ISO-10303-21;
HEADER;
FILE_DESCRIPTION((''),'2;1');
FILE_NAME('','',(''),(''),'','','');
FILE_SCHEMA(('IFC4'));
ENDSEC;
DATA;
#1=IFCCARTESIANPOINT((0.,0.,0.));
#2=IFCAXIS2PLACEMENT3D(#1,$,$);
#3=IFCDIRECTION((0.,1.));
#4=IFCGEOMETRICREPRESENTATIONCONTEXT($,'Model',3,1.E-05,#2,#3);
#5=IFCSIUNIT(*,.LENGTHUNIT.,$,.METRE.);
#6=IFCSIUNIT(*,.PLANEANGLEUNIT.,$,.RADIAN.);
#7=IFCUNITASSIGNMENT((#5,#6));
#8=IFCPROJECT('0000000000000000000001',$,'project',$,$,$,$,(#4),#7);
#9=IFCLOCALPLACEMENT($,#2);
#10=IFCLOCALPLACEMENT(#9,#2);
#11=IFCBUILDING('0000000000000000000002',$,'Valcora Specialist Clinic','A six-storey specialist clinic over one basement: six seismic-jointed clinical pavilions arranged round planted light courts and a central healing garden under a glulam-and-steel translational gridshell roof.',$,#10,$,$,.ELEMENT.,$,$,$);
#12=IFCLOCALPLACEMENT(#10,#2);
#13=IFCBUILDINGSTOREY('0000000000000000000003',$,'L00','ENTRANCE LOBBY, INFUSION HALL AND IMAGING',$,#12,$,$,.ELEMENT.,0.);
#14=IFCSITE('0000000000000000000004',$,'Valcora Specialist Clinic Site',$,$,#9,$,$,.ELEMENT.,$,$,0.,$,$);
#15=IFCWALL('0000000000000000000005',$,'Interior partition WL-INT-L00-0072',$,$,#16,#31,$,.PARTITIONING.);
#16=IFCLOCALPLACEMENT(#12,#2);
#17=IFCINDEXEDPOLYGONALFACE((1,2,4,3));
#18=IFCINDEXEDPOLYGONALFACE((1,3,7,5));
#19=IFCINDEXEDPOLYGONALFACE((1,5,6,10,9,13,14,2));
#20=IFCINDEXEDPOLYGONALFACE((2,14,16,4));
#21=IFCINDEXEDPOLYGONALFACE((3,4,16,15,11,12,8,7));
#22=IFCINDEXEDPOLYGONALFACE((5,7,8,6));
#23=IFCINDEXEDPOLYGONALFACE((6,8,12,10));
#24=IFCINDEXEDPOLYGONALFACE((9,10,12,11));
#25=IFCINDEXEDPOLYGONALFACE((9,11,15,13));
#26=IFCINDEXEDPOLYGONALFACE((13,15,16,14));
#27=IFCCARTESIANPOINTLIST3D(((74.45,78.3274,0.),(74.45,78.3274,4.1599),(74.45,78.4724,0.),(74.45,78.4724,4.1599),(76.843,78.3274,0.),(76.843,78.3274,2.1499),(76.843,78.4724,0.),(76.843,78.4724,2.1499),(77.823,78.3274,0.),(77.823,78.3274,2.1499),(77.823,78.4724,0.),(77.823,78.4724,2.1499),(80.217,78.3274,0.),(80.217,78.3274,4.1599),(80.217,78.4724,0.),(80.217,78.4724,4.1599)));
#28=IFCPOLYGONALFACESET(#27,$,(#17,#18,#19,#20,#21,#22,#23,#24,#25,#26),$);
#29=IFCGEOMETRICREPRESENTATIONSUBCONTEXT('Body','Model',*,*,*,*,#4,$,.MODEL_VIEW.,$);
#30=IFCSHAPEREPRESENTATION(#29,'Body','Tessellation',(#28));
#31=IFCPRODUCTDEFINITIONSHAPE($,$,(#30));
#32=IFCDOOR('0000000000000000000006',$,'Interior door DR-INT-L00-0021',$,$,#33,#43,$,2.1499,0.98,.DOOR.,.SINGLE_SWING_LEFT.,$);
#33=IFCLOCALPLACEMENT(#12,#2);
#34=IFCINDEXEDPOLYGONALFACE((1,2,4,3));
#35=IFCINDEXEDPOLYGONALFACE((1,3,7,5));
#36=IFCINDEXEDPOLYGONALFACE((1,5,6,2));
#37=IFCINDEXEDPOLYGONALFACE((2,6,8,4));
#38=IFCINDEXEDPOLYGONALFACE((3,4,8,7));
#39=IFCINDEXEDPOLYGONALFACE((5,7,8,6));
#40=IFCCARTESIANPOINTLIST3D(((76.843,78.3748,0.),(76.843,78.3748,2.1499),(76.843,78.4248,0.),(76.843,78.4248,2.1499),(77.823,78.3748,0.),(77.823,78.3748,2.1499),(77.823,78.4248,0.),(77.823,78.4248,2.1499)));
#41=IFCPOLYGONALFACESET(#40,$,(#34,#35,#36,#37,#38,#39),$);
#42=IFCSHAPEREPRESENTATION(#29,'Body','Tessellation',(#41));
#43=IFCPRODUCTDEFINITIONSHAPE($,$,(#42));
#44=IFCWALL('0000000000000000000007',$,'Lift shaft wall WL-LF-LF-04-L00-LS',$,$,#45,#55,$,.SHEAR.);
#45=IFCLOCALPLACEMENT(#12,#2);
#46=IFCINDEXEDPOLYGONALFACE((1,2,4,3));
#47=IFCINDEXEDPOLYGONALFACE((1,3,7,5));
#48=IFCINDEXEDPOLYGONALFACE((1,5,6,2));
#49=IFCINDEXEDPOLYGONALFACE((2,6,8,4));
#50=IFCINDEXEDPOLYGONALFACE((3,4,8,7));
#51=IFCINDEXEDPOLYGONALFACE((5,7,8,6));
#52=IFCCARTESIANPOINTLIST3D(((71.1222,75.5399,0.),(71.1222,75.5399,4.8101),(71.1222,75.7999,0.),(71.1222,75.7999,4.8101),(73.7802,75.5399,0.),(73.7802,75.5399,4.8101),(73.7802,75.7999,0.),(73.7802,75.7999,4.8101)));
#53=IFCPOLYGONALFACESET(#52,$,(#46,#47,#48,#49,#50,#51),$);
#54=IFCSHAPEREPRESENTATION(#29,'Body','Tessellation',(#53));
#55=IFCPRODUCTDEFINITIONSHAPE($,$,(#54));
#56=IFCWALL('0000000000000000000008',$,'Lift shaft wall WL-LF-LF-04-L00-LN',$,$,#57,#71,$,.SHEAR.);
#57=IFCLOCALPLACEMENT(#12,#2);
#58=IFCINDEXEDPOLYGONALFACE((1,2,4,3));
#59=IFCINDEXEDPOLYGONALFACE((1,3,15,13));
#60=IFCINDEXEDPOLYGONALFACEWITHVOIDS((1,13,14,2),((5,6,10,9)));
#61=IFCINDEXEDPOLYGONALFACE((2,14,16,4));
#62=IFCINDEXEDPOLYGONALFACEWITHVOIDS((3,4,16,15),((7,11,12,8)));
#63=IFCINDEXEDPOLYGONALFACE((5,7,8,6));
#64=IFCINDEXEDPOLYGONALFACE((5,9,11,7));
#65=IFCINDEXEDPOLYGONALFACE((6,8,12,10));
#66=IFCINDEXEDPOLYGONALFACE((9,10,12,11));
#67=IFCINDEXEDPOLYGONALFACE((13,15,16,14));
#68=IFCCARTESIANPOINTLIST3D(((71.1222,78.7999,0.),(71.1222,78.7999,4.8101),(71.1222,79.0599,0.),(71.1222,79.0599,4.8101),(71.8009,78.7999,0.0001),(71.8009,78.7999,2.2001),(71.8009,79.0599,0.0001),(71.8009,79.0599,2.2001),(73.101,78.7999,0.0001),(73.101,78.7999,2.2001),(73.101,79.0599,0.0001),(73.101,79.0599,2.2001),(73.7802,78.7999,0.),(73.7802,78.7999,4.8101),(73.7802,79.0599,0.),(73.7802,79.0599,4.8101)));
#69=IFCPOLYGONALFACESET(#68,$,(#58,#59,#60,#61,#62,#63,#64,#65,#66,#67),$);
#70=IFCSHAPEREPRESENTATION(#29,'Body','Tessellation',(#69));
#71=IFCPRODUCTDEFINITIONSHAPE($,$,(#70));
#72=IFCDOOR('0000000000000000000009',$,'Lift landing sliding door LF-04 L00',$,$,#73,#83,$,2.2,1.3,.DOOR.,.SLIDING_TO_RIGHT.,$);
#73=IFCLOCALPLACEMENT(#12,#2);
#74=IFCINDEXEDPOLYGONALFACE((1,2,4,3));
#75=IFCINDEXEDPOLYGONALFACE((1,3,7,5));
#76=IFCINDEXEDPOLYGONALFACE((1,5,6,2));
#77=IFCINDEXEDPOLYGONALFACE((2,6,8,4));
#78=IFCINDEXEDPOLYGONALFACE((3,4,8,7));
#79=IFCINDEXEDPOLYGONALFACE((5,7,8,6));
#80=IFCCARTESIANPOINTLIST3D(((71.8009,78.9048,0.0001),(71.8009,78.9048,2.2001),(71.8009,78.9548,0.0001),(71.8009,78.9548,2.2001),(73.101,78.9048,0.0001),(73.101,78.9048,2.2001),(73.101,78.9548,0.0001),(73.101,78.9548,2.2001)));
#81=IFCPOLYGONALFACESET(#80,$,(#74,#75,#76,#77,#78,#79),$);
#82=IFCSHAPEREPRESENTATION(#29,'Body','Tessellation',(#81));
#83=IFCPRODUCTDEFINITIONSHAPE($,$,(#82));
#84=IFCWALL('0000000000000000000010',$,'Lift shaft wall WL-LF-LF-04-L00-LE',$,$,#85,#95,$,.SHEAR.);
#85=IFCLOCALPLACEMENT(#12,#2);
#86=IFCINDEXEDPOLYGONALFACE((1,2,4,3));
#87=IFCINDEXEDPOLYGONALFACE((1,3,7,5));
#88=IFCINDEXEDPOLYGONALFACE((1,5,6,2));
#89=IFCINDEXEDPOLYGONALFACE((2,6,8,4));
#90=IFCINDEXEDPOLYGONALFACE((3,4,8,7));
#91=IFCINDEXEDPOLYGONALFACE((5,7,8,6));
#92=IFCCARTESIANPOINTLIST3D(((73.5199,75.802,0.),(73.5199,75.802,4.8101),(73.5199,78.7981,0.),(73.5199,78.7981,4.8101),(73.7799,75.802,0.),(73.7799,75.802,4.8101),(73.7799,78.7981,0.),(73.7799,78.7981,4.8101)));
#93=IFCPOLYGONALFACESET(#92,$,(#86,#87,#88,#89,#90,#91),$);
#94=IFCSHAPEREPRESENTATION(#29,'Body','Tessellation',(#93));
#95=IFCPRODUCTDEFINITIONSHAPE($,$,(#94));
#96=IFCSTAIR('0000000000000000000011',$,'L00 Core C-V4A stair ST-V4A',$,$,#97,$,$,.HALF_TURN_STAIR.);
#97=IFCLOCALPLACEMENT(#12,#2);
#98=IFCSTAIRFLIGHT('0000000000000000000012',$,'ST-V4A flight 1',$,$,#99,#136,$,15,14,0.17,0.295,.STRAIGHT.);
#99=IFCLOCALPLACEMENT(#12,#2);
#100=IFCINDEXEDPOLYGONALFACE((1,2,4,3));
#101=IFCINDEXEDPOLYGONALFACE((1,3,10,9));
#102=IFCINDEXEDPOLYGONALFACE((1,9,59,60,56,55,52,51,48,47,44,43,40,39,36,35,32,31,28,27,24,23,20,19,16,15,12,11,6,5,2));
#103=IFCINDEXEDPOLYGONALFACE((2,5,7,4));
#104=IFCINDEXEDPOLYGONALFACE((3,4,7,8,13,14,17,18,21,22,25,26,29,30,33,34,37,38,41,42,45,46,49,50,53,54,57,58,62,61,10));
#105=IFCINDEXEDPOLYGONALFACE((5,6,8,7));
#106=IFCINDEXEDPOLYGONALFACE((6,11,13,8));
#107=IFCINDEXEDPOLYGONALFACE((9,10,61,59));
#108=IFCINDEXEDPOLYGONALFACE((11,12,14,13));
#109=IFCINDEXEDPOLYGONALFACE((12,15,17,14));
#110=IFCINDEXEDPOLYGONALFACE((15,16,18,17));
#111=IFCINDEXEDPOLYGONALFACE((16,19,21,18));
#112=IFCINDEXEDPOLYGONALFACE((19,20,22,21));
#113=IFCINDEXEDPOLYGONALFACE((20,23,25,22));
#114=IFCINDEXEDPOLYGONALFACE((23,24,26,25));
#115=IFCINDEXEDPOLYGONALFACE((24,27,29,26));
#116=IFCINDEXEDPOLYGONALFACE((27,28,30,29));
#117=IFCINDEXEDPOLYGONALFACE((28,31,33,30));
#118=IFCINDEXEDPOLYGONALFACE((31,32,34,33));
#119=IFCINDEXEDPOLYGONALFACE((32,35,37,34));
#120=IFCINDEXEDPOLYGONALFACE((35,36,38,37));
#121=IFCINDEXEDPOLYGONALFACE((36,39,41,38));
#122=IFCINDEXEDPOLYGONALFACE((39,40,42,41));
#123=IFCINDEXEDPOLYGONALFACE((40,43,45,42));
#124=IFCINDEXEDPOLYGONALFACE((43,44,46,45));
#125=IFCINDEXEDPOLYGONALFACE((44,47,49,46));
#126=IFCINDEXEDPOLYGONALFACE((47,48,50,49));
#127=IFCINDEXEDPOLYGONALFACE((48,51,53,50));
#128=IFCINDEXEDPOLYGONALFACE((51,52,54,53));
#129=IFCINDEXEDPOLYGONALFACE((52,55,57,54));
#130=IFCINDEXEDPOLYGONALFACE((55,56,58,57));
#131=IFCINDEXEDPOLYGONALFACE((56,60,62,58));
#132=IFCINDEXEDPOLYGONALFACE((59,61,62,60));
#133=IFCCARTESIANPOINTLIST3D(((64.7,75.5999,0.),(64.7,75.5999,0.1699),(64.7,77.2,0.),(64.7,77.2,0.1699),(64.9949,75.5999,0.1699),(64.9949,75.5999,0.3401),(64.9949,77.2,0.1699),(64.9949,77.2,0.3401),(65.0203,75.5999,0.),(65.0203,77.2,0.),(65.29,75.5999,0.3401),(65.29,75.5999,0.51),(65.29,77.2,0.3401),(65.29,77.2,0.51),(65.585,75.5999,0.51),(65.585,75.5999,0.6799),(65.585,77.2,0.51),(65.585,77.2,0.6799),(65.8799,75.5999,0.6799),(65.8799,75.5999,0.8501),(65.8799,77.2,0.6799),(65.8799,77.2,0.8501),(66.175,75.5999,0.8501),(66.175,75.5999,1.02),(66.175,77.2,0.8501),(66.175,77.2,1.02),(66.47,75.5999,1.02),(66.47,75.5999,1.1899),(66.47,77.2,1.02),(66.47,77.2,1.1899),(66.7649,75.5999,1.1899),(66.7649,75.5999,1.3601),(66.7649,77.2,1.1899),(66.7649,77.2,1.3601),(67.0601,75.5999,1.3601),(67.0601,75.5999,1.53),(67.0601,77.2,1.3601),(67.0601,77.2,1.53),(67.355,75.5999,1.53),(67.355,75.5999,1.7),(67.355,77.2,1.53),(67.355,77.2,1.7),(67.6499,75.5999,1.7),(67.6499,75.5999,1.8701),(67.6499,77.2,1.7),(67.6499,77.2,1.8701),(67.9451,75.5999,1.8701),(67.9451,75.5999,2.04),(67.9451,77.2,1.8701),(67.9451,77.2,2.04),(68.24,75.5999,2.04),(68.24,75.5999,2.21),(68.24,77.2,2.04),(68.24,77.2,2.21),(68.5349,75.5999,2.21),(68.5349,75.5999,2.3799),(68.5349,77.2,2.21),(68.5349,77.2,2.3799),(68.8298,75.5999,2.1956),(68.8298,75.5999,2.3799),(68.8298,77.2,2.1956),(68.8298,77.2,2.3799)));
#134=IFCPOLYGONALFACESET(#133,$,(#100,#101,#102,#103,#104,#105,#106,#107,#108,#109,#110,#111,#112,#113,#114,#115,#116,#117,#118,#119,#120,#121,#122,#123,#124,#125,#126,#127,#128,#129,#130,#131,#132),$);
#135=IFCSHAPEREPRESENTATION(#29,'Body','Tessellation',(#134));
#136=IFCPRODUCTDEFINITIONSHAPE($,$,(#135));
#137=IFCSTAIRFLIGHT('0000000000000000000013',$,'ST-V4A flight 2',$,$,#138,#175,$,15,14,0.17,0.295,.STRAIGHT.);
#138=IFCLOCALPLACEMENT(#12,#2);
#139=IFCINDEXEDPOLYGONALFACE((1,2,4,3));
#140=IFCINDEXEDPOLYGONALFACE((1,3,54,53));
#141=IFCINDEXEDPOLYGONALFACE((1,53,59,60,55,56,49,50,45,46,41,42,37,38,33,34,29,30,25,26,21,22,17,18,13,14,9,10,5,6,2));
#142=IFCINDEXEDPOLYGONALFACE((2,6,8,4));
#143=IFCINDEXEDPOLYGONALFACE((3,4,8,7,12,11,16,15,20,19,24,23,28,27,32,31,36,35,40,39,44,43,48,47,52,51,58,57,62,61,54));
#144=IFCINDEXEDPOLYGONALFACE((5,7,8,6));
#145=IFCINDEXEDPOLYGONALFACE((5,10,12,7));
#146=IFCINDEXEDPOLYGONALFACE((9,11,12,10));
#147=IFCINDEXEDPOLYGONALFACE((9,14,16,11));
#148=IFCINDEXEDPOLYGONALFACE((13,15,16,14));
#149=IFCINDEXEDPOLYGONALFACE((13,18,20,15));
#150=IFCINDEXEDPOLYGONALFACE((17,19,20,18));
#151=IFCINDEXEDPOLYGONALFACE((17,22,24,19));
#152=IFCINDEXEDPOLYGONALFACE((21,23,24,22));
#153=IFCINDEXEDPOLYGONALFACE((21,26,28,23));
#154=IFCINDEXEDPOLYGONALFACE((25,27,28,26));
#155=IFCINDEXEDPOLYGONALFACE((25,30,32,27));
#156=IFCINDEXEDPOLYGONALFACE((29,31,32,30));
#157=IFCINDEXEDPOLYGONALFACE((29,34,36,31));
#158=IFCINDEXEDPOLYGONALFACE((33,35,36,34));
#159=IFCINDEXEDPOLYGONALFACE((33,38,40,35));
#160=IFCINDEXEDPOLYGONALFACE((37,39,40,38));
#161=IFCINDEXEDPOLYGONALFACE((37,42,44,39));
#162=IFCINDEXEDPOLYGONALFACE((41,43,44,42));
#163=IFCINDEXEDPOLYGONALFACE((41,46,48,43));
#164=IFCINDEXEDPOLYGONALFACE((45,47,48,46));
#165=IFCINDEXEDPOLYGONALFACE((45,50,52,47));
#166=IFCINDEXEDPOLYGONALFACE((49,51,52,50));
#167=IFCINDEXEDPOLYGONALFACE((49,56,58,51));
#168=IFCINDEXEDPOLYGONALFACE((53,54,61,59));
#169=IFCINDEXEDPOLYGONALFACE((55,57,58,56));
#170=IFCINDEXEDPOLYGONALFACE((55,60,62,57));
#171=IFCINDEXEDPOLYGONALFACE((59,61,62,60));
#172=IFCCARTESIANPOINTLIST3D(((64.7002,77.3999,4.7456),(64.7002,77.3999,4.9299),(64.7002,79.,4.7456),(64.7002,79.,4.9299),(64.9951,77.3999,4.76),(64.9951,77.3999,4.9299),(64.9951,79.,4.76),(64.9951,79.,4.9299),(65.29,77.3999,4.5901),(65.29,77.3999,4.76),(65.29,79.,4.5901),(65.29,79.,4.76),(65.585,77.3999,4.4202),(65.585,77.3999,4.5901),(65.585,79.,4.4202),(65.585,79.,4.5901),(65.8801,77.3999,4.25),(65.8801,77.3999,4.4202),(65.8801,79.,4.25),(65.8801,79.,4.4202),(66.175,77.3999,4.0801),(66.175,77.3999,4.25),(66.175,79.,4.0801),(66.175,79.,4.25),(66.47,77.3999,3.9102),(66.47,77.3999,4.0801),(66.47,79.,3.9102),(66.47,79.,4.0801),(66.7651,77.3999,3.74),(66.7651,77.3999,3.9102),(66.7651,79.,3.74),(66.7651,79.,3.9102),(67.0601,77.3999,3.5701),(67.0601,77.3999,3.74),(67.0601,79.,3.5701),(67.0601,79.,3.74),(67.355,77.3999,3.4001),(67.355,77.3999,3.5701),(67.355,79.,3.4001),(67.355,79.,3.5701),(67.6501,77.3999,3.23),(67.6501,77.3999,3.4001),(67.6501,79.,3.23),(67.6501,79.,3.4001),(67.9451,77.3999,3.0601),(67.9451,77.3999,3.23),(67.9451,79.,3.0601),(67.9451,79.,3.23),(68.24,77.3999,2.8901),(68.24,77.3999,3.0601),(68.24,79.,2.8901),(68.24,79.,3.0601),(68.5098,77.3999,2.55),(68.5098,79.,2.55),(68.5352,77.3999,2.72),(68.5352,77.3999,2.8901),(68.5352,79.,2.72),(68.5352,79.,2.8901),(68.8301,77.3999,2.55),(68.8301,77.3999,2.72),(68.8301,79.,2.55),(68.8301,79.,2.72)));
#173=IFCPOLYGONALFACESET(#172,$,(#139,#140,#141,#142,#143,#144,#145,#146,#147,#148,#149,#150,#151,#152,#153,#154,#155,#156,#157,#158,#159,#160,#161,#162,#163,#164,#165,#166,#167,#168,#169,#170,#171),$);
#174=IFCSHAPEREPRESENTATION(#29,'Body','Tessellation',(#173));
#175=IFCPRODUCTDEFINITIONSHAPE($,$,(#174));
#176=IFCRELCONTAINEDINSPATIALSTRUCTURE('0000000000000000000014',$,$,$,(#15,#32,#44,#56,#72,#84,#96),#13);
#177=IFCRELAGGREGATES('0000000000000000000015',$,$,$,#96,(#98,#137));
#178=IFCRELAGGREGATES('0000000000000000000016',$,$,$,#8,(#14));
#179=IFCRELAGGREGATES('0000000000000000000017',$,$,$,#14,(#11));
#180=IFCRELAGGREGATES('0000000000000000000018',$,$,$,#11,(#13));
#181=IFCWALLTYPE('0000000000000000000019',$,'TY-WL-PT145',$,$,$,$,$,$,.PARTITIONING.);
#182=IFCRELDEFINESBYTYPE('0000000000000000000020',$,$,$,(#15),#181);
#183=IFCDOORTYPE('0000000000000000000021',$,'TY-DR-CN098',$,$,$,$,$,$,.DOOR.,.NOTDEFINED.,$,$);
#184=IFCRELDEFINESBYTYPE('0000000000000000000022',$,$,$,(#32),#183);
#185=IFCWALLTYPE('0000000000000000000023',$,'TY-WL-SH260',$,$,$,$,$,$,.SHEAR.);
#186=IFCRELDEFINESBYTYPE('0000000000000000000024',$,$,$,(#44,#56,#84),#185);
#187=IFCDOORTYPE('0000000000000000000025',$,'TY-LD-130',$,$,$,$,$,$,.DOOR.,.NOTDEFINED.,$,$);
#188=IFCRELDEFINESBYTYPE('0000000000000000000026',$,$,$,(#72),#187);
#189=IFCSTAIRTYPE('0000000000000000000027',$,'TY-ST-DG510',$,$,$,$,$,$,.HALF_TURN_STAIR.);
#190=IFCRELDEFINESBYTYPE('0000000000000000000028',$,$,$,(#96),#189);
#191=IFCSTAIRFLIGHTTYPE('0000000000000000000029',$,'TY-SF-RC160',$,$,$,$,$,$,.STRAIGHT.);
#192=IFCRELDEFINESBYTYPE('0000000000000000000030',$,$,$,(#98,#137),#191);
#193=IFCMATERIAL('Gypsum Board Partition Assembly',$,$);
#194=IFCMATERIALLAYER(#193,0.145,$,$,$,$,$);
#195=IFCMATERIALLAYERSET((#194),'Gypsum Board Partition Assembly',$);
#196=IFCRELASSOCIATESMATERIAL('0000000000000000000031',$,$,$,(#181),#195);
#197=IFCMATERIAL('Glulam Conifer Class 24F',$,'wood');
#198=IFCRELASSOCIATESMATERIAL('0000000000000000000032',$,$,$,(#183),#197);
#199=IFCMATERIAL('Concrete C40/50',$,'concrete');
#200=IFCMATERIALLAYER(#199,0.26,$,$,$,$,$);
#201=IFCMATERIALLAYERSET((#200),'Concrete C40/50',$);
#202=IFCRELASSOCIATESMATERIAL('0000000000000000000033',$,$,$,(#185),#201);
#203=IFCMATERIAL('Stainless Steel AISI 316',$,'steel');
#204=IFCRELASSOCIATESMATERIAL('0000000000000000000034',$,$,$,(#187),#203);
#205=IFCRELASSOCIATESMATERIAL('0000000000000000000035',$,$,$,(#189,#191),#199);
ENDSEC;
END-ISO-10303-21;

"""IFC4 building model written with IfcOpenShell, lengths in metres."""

from ifc_helpers import new_model, si_unit, direction, frame, frame_2d, origin, place, context, subcontext, project, spatial, polyline, rectangle, outline, extrude, material, layer, layer_set, type_object, element, fill, aggregate, save


model = new_model("IFC4")

# Units and contexts
model_context = context("Model", 3, precision=1e-05, world=origin(), true_north=direction((0.0, 1.0)))
body_context = subcontext(model_context, "Body", "Model", "MODEL_VIEW")
ifc_project = project(units=[si_unit("LENGTHUNIT", "METRE"), si_unit("PLANEANGLEUNIT", "RADIAN")], contexts=[model_context])

# Site, building, storey
site_placement = place(None, origin())
site = spatial("IfcSite", under=ifc_project, at=site_placement, Name="Valcora Specialist Clinic Site", CompositionType="ELEMENT", RefElevation=0.0)
building_placement = place(site_placement, origin())
building = spatial("IfcBuilding", under=site, at=building_placement, Name="Valcora Specialist Clinic", Description="A six-storey specialist clinic over one basement: six seismic-jointed clinical pavilions arranged round planted light courts and a central healing garden under a glulam-and-steel translational gridshell roof.", CompositionType="ELEMENT")
storey_placement = place(building_placement, origin())
storey = spatial("IfcBuildingStorey", under=building, at=storey_placement, Name="L00", Description="ENTRANCE LOBBY, INFUSION HALL AND IMAGING", CompositionType="ELEMENT", Elevation=0.0)

# Shared definitions
ifc_material_1 = material(Name="Concrete C40/50", Category="concrete")

# Wall, opening, door
ifc_material_2 = material(Name="Gypsum Board Partition Assembly")
ifc_layer_1 = layer(ifc_material_2, 0.145)
ifc_layer_set_1 = layer_set([ifc_layer_1], Name="Gypsum Board Partition Assembly")
wall_type_1 = type_object("IfcWallType", Name="TY-WL-PT145", PredefinedType="PARTITIONING", material=ifc_layer_set_1)
wall_1_placement = place(storey_placement, frame((74.45, 78.3999, 0.0), z_axis=(0.0, 0.0, 1.0), x_axis=(1.0, 0.0, 0.0)))
wall_1 = element("IfcWall", 1, at=wall_1_placement, inside=storey, type_object=wall_type_1, Name="Interior partition WL-INT-L00-0072", PredefinedType="PARTITIONING", context=body_context, shape_type="SweptSolid", body=[
    extrude(rectangle(XDim=5.7671, YDim=0.145, at=frame_2d((2.8835, 0.0))), origin(), (0.0, 0.0, 1.0), 4.1599),
])
opening_1_placement = place(wall_1_placement, frame((2.3931, 0.0, 0.0)))
opening_1 = element("IfcOpeningElement", 2, at=opening_1_placement, cuts=wall_1, PredefinedType="OPENING", context=body_context, shape_type="SweptSolid", body=[
    extrude(rectangle(XDim=0.98, YDim=2.1499, at=frame_2d((0.49, 1.075))), frame((0.0, 0.0825, 0.0), z_axis=(0.0, -1.0, 0.0), x_axis=(1.0, 0.0, 0.0)), (0.0, 0.0, 1.0), 0.165),
])
ifc_material_3 = material(Name="Glulam Conifer Class 24F", Category="wood")
door_type_1 = type_object("IfcDoorType", Name="TY-DR-CN098", OperationType="NOTDEFINED", PredefinedType="DOOR", material=ifc_material_3)
door_1_placement = place(opening_1_placement, origin())
door_1 = element("IfcDoor", 3, at=door_1_placement, inside=storey, type_object=door_type_1, Name="Interior door DR-INT-L00-0021", OperationType="SINGLE_SWING_LEFT", OverallHeight=2.1499, OverallWidth=0.98, PredefinedType="DOOR", context=body_context, shape_type="SweptSolid", body=[
    extrude(rectangle(XDim=0.98, YDim=2.1499, at=frame_2d((0.49, 1.075))), frame((0.0, 0.0249, 0.0), z_axis=(0.0, -1.0, 0.0), x_axis=(1.0, 0.0, 0.0)), (0.0, 0.0, 1.0), 0.05),
])
fill(opening_1, door_1)

# Wall
ifc_layer_2 = layer(ifc_material_1, 0.26)
ifc_layer_set_2 = layer_set([ifc_layer_2], Name="Concrete C40/50")
wall_type_2 = type_object("IfcWallType", Name="TY-WL-SH260", PredefinedType="SHEAR", material=ifc_layer_set_2)
wall_2_placement = place(storey_placement, frame((71.1221, 75.6699, 0.0), z_axis=(0.0, 0.0, 1.0), x_axis=(1.0, 0.0, 0.0)))
element("IfcWall", 4, at=wall_2_placement, inside=storey, type_object=wall_type_2, Name="Lift shaft wall WL-LF-LF-04-L00-LS", PredefinedType="SHEAR", context=body_context, shape_type="SweptSolid", body=[
    extrude(rectangle(XDim=2.658, YDim=0.26, at=frame_2d((1.3291, 0.0))), origin(), (0.0, 0.0, 1.0), 4.8101),
])

# Wall, opening, door
wall_3_placement = place(storey_placement, frame((71.1221, 78.9299, 0.0), z_axis=(0.0, 0.0, 1.0), x_axis=(1.0, 0.0, 0.0)))
wall_3 = element("IfcWall", 5, at=wall_3_placement, inside=storey, type_object=wall_type_2, Name="Lift shaft wall WL-LF-LF-04-L00-LN", PredefinedType="SHEAR", context=body_context, shape_type="SweptSolid", body=[
    extrude(rectangle(XDim=2.658, YDim=0.26, at=frame_2d((1.3291, 0.0))), origin(), (0.0, 0.0, 1.0), 4.8101),
])
opening_2_placement = place(wall_3_placement, frame((0.679, 0.0, 0.0)))
opening_2 = element("IfcOpeningElement", 6, at=opening_2_placement, cuts=wall_3, PredefinedType="OPENING", context=body_context, shape_type="SweptSolid", body=[
    extrude(rectangle(XDim=1.3, YDim=2.2, at=frame_2d((0.6499, 1.1001))), frame((0.0, 0.1399, 0.0), z_axis=(0.0, -1.0, 0.0), x_axis=(1.0, 0.0, 0.0)), (0.0, 0.0, 1.0), 0.28),
])
ifc_material_4 = material(Name="Stainless Steel AISI 316", Category="steel")
door_type_2 = type_object("IfcDoorType", Name="TY-LD-130", OperationType="NOTDEFINED", PredefinedType="DOOR", material=ifc_material_4)
door_2_placement = place(opening_2_placement, origin())
door_2 = element("IfcDoor", 7, at=door_2_placement, inside=storey, type_object=door_type_2, Name="Lift landing sliding door LF-04 L00", OperationType="SLIDING_TO_RIGHT", OverallHeight=2.2, OverallWidth=1.3, PredefinedType="DOOR", context=body_context, shape_type="SweptSolid", body=[
    extrude(rectangle(XDim=1.3, YDim=2.2, at=frame_2d((0.6499, 1.1001))), frame((0.0, 0.0249, 0.0), z_axis=(0.0, -1.0, 0.0), x_axis=(1.0, 0.0, 0.0)), (0.0, 0.0, 1.0), 0.05),
])
fill(opening_2, door_2)

# Wall
wall_4_placement = place(storey_placement, frame((73.6499, 75.802, 0.0), z_axis=(0.0, 0.0, 1.0), x_axis=(0.0, 1.0, 0.0)))
element("IfcWall", 8, at=wall_4_placement, inside=storey, type_object=wall_type_2, Name="Lift shaft wall WL-LF-LF-04-L00-LE", PredefinedType="SHEAR", context=body_context, shape_type="SweptSolid", body=[
    extrude(rectangle(XDim=2.9961, YDim=0.26, at=frame_2d((1.498, 0.0))), origin(), (0.0, 0.0, 1.0), 4.8101),
])

# Stair, stair flights
stair_type = type_object("IfcStairType", Name="TY-ST-DG510", PredefinedType="HALF_TURN_STAIR", material=ifc_material_1)
stair_placement = place(storey_placement, origin())
stair = element("IfcStair", 9, at=stair_placement, inside=storey, type_object=stair_type, Name="L00 Core C-V4A stair ST-V4A", PredefinedType="HALF_TURN_STAIR")
stair_flight_type = type_object("IfcStairFlightType", Name="TY-SF-RC160", PredefinedType="STRAIGHT", material=ifc_material_1)
stair_flight_1_placement = place(storey_placement, frame((64.7, 76.3999, 0.0), z_axis=(0.0, 0.0, 1.0), x_axis=(1.0, 0.0, 0.0)))
stair_flight_1 = element("IfcStairFlight", 10, at=stair_flight_1_placement, type_object=stair_flight_type, Name="ST-V4A flight 1", NumberOfRisers=15, NumberOfTreads=14, PredefinedType="STRAIGHT", RiserHeight=0.17, TreadLength=0.295, context=body_context, shape_type="SweptSolid", body=[
    extrude(outline(polyline([(0.0, 0.0), (0.0, 0.1699), (0.2949, 0.1699), (0.2949, 0.3401), (0.5901, 0.3401), (0.5901, 0.51), (0.885, 0.51), (0.885, 0.6799), (1.1799, 0.6799), (1.1799, 0.8501), (1.4751, 0.8501), (1.4751, 1.02), (1.77, 1.02), (1.77, 1.1899), (2.0649, 1.1899), (2.0649, 1.3601), (2.3601, 1.3601), (2.3601, 1.53), (2.655, 1.53), (2.655, 1.7), (2.95, 1.7), (2.95, 1.8701), (3.2451, 1.8701), (3.2451, 2.04), (3.54, 2.04), (3.54, 2.21), (3.835, 2.21), (3.835, 2.3799), (4.1299, 2.3799), (4.1299, 2.55), (4.1299, 2.1956), (0.3203, 0.0), (0.0, 0.0)])), frame((0.0, 0.8, 0.0), z_axis=(0.0, -1.0, 0.0), x_axis=(1.0, 0.0, 0.0)), (0.0, 0.0, 1.0), 1.6001),
])
stair_flight_2_placement = place(storey_placement, frame((68.8301, 78.2, 2.55), z_axis=(0.0, 0.0, 1.0), x_axis=(-1.0, 0.0, 0.0)))
stair_flight_2 = element("IfcStairFlight", 11, at=stair_flight_2_placement, type_object=stair_flight_type, Name="ST-V4A flight 2", NumberOfRisers=15, NumberOfTreads=14, PredefinedType="STRAIGHT", RiserHeight=0.17, TreadLength=0.295, context=body_context, shape_type="SweptSolid", body=[
    extrude(outline(polyline([(0.0, 0.0), (0.0, 0.1699), (0.2949, 0.1699), (0.2949, 0.3401), (0.5901, 0.3401), (0.5901, 0.51), (0.885, 0.51), (0.885, 0.6799), (1.1799, 0.6799), (1.1799, 0.8501), (1.4751, 0.8501), (1.4751, 1.02), (1.77, 1.02), (1.77, 1.1899), (2.0649, 1.1899), (2.0649, 1.3601), (2.3601, 1.3601), (2.3601, 1.53), (2.655, 1.53), (2.655, 1.7), (2.95, 1.7), (2.95, 1.8701), (3.2451, 1.8701), (3.2451, 2.04), (3.54, 2.04), (3.54, 2.21), (3.835, 2.21), (3.835, 2.3799), (4.1299, 2.3799), (4.1299, 2.55), (4.1299, 2.1956), (0.3203, 0.0), (0.0, 0.0)])), frame((0.0, 0.8, 0.0), z_axis=(0.0, -1.0, 0.0), x_axis=(1.0, 0.0, 0.0)), (0.0, 0.0, 1.0), 1.6001),
])
aggregate(stair, [stair_flight_1, stair_flight_2])

save(model, "model.ifc")
